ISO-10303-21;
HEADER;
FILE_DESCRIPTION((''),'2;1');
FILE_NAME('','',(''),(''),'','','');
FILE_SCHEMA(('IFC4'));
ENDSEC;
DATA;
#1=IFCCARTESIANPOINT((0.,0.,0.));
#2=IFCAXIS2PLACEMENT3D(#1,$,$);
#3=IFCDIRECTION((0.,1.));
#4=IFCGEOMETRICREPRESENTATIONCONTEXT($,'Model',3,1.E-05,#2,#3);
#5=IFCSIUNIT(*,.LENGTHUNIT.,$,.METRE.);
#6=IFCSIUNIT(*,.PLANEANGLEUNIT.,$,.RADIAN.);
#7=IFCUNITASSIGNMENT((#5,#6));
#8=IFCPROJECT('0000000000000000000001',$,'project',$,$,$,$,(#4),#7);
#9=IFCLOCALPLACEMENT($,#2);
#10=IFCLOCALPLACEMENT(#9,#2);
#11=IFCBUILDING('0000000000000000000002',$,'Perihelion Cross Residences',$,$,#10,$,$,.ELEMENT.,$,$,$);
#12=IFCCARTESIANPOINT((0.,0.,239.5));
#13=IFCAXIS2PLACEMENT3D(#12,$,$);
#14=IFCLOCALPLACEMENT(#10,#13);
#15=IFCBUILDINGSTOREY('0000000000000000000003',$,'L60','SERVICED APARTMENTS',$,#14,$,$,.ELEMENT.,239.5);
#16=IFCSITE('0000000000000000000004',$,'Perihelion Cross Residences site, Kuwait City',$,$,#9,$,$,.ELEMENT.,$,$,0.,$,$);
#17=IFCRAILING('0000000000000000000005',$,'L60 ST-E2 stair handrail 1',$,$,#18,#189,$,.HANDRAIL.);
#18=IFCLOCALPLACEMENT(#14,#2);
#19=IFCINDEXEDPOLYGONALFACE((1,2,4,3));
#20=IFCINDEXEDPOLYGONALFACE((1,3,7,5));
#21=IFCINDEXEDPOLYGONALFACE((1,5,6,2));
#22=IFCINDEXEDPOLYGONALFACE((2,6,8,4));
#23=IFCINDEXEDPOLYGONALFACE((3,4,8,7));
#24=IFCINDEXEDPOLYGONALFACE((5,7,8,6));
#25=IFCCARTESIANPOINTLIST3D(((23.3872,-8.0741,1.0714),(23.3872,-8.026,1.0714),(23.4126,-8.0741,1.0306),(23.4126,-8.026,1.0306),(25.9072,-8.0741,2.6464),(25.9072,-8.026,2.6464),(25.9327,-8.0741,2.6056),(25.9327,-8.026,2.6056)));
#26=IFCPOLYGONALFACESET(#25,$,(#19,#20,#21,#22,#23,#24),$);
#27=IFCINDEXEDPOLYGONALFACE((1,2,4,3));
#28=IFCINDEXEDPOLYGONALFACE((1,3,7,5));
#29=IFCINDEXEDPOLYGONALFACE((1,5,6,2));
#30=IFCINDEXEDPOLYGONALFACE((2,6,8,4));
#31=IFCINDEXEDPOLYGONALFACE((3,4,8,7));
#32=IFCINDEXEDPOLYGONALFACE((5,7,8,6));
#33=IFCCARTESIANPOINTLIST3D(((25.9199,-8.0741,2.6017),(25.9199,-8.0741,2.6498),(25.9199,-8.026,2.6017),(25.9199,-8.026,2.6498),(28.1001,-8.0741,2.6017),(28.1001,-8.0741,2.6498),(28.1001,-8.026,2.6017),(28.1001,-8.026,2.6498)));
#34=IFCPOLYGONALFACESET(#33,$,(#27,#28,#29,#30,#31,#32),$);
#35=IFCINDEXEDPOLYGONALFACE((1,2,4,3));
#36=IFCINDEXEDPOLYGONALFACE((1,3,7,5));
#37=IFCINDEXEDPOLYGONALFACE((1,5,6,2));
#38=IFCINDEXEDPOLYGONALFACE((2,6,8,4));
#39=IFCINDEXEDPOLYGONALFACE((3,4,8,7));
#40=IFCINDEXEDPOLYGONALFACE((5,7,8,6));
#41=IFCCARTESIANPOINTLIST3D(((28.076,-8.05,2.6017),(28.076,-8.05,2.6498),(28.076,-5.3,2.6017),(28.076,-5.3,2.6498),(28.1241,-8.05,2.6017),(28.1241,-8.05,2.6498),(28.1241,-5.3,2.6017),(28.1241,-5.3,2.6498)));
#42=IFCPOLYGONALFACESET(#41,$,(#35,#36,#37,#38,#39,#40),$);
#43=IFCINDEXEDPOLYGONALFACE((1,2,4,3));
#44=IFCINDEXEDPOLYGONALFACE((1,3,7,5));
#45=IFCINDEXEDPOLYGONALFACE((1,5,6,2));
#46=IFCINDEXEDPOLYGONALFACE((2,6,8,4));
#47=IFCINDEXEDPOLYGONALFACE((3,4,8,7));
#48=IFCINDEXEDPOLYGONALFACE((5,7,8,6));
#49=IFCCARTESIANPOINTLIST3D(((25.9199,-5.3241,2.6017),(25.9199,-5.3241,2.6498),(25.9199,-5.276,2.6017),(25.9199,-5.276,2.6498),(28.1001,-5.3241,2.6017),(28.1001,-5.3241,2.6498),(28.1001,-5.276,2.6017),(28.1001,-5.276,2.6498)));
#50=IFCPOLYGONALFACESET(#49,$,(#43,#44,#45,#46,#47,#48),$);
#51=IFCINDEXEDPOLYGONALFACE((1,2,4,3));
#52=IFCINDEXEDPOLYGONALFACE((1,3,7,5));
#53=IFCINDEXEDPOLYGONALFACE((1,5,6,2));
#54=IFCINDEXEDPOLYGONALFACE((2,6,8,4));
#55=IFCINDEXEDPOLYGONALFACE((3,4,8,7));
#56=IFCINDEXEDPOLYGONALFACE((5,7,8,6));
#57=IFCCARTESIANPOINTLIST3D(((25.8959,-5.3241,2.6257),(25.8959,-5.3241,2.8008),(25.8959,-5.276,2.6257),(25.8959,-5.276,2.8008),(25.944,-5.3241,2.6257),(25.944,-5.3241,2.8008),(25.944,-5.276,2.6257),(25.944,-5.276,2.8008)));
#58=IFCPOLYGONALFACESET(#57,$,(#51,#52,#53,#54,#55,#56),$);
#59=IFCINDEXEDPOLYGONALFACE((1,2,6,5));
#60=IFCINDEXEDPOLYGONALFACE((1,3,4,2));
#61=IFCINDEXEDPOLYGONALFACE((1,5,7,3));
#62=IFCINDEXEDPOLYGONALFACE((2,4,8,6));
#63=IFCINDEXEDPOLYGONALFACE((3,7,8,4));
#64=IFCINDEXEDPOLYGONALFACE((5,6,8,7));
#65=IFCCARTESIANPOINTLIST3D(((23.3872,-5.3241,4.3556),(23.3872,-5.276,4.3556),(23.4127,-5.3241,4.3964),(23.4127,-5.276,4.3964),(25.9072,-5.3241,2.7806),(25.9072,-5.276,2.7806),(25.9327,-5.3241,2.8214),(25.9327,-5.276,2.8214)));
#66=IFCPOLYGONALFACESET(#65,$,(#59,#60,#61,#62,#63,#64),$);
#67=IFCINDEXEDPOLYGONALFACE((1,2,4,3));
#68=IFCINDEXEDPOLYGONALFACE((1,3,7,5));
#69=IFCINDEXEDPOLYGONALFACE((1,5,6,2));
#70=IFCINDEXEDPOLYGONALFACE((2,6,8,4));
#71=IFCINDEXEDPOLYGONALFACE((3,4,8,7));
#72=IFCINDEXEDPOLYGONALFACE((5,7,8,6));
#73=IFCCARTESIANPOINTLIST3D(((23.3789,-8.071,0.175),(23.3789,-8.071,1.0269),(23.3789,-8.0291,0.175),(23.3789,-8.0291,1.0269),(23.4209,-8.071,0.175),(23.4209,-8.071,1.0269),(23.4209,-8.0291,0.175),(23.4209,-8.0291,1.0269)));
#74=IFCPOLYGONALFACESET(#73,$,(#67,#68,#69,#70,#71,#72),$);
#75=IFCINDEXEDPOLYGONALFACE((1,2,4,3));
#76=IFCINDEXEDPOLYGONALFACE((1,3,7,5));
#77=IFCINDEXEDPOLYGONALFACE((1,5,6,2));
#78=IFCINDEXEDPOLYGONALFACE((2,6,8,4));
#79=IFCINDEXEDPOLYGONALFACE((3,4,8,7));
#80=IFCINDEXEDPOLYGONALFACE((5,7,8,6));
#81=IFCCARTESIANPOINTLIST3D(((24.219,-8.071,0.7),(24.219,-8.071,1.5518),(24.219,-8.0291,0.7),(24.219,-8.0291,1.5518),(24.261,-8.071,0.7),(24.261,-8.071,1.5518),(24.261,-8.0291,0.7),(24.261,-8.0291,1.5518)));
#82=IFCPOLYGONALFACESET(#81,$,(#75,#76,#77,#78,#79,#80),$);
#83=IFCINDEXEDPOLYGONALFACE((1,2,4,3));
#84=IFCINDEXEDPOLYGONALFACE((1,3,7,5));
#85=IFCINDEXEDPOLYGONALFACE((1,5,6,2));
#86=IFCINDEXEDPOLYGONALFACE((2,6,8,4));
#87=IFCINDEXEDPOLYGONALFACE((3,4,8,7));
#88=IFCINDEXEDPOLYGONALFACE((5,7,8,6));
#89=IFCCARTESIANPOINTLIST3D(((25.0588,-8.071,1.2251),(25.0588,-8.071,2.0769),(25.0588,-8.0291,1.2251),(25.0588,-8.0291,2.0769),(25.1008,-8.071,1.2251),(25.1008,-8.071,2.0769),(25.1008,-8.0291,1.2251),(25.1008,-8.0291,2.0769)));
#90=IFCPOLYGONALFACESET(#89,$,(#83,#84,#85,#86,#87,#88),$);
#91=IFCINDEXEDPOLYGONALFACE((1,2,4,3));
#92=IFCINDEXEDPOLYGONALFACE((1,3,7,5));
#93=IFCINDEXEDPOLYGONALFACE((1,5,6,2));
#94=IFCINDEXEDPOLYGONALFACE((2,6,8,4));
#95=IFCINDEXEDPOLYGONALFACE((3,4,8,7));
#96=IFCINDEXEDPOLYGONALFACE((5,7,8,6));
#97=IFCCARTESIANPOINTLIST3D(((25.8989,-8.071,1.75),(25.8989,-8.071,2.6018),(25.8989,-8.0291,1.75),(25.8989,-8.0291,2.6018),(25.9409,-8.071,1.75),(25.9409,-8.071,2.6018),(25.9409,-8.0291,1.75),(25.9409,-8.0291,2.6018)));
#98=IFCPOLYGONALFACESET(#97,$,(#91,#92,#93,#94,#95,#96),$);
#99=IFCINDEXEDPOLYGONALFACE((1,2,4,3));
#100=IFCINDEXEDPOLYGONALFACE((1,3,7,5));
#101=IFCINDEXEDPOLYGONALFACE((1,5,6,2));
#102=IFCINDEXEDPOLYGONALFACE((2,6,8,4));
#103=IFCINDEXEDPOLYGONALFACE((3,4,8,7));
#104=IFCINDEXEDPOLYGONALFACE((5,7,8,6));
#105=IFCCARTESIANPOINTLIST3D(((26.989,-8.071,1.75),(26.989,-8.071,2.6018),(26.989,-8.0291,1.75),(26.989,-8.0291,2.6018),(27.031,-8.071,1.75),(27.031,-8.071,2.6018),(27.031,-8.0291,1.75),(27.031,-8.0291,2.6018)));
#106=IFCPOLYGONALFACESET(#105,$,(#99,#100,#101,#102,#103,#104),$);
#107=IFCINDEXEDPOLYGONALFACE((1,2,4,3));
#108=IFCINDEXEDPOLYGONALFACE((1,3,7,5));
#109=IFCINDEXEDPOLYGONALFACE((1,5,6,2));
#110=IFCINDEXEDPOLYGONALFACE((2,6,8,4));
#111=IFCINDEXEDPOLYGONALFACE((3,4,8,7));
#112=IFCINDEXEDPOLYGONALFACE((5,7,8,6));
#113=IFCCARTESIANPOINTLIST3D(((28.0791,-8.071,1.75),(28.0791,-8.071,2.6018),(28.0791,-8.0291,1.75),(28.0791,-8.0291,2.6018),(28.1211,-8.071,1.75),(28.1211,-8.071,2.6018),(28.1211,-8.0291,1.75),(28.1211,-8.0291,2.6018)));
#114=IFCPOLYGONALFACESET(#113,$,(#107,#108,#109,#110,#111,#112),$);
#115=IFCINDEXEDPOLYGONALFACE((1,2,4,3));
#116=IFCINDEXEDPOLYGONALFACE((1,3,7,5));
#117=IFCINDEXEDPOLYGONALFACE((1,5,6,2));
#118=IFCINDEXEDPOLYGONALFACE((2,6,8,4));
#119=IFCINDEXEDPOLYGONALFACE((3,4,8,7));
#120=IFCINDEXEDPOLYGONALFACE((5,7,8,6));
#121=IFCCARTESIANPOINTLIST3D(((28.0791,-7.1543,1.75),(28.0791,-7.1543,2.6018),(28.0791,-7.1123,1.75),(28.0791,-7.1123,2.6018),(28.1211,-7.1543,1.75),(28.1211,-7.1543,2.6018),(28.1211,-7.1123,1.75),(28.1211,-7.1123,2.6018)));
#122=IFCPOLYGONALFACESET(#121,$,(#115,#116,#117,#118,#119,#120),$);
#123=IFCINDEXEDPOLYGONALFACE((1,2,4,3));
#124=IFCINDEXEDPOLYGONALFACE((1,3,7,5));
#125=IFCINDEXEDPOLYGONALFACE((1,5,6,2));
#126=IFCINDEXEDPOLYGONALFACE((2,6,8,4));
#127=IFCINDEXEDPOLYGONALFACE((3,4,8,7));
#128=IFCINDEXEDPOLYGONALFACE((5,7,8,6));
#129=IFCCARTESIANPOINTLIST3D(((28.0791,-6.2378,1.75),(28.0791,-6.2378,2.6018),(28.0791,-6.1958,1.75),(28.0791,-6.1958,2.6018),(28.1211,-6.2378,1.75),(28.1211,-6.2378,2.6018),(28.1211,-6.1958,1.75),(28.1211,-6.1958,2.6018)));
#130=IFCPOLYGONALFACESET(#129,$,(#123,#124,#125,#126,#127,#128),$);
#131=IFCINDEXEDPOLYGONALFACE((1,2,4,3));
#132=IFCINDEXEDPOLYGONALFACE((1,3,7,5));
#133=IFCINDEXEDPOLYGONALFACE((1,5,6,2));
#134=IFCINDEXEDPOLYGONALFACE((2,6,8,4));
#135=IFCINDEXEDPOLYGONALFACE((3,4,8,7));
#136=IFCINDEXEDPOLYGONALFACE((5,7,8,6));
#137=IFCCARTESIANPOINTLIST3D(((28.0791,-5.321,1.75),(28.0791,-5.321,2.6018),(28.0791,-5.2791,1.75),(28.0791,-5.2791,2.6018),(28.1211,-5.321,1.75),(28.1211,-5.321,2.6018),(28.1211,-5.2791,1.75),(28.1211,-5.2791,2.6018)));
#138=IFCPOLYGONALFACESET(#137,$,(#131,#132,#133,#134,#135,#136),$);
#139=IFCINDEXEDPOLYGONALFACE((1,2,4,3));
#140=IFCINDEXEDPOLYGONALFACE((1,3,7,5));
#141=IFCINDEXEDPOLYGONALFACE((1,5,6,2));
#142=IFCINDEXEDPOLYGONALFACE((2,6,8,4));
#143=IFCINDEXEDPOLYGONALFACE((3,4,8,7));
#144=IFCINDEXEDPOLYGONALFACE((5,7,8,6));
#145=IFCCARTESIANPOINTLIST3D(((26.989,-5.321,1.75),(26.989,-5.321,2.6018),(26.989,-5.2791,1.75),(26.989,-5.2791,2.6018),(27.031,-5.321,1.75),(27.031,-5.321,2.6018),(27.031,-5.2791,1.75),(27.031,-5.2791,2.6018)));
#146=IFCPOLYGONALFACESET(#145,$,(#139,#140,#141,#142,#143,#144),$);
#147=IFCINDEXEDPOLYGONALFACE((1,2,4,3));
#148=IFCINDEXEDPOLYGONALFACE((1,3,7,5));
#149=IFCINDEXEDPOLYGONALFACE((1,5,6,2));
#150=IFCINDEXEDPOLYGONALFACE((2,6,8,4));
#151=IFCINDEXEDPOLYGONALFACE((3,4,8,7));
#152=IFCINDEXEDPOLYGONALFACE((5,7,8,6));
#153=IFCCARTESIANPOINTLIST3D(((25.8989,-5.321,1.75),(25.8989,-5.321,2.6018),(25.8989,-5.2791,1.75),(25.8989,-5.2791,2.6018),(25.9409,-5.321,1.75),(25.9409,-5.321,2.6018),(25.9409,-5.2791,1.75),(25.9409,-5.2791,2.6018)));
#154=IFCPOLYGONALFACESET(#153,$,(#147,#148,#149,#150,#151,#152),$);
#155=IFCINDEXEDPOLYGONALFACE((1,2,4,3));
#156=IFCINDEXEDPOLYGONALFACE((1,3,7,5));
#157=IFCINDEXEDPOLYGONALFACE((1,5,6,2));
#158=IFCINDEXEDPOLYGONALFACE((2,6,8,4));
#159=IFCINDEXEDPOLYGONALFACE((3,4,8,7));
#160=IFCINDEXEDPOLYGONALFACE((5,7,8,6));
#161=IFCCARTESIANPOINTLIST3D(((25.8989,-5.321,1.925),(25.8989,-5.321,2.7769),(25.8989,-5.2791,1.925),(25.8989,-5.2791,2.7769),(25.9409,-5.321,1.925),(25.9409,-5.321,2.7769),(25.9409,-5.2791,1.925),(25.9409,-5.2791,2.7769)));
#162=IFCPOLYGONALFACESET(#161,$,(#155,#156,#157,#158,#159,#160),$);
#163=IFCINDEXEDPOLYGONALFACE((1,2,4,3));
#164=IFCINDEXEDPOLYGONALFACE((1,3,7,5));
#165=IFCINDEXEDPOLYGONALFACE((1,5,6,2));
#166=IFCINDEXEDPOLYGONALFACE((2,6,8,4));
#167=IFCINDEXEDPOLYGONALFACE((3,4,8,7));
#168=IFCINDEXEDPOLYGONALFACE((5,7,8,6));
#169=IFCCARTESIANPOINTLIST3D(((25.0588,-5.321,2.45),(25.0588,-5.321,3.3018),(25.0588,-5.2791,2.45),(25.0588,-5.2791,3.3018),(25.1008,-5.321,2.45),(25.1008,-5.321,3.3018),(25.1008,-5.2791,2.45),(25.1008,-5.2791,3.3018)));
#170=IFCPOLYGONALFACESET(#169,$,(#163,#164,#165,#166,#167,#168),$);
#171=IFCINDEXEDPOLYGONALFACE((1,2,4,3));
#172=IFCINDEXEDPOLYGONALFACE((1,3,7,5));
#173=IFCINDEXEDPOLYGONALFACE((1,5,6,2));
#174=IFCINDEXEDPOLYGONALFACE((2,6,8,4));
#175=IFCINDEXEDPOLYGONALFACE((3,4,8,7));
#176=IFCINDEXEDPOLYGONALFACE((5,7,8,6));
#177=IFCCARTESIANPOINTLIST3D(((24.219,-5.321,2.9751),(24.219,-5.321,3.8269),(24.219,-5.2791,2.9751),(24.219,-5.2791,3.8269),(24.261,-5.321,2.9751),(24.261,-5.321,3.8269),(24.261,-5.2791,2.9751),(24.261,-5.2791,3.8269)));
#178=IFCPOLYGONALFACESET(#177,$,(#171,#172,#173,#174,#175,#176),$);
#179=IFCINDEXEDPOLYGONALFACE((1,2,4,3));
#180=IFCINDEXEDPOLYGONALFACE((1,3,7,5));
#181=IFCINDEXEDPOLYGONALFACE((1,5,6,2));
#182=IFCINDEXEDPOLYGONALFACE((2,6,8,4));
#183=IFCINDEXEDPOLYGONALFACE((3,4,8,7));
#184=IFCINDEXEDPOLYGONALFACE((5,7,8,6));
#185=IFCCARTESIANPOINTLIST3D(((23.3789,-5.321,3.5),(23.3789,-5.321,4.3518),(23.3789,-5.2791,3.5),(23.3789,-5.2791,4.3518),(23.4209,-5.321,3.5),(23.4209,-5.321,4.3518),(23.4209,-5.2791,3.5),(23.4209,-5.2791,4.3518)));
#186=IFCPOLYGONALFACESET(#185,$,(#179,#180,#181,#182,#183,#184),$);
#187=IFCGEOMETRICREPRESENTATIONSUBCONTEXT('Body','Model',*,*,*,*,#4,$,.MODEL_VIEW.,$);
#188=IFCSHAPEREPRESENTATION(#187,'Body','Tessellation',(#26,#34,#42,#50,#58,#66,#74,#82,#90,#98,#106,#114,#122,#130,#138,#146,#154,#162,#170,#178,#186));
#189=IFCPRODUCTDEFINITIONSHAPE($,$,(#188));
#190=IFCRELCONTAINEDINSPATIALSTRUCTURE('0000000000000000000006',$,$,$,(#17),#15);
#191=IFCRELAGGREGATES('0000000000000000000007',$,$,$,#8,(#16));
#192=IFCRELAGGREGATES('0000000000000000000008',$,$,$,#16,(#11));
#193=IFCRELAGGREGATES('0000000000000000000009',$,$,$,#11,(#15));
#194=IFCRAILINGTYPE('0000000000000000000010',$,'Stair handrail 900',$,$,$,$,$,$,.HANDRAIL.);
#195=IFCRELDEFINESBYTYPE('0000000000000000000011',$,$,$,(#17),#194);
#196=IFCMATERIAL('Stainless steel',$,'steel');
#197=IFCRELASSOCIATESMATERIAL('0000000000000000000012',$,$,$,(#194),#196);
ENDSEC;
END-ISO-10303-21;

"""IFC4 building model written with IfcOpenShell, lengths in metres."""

from ifc_helpers import new_model, si_unit, direction, frame, origin, origin_2d, place, context, subcontext, project, spatial, rectangle, extrude, material, type_object, element, save


model = new_model("IFC4")

# Units and contexts
model_context = context("Model", 3, precision=1e-05, world=origin(), true_north=direction((0.0, 1.0)))
body_context = subcontext(model_context, "Body", "Model", "MODEL_VIEW")
ifc_project = project(units=[si_unit("LENGTHUNIT", "METRE"), si_unit("PLANEANGLEUNIT", "RADIAN")], contexts=[model_context])

# Site, building, storey
site_placement = place(None, origin())
site = spatial("IfcSite", under=ifc_project, at=site_placement, Name="Perihelion Cross Residences site, Kuwait City", CompositionType="ELEMENT", RefElevation=0.0)
building_placement = place(site_placement, origin())
building = spatial("IfcBuilding", under=site, at=building_placement, Name="Perihelion Cross Residences", CompositionType="ELEMENT")
storey_placement = place(building_placement, frame((0.0, 0.0, 239.5)))
storey = spatial("IfcBuildingStorey", under=building, at=storey_placement, Name="L60", Description="SERVICED APARTMENTS", CompositionType="ELEMENT", Elevation=239.5)

# Railing
ifc_material_1 = material(Name="Stainless steel", Category="steel")
railing_type_1 = type_object("IfcRailingType", Name="Stair handrail 900", PredefinedType="HANDRAIL", material=ifc_material_1)
railing_1_placement = place(storey_placement, frame((23.3999, -8.05, 0.175)))
element("IfcRailing", 1, at=railing_1_placement, inside=storey, type_object=railing_type_1, Name="L60 ST-E2 stair handrail 1", PredefinedType="HANDRAIL", context=body_context, shape_type="SweptSolid", body=[
    extrude(rectangle(XDim=0.0481, YDim=0.0481, at=origin_2d()), frame((0.0, 0.0, 0.876), z_axis=(0.848008, 0.0, 0.529984), x_axis=(0.0, 1.0, 0.0)), (0.0, 0.0, 1.0), 2.9717),
    extrude(rectangle(XDim=0.0481, YDim=0.0481, at=origin_2d()), frame((2.52, 0.0, 2.4507), z_axis=(1.0, 0.0, 0.0), x_axis=(0.0, 1.0, 0.0)), (0.0, 0.0, 1.0), 2.1802),
    extrude(rectangle(XDim=0.0481, YDim=0.0481, at=origin_2d()), frame((4.7002, 0.0, 2.4507), z_axis=(0.0, 1.0, 0.0), x_axis=(-1.0, 0.0, 0.0)), (0.0, 0.0, 1.0), 2.75),
    extrude(rectangle(XDim=0.0481, YDim=0.0481, at=origin_2d()), frame((4.7002, 2.75, 2.4507), z_axis=(-1.0, 0.0, 0.0), x_axis=(0.0, -1.0, 0.0)), (0.0, 0.0, 1.0), 2.1802),
    extrude(rectangle(XDim=0.0481, YDim=0.0481, at=origin_2d()), frame((2.52, 2.75, 2.4507), z_axis=(0.0, 0.0, 1.0), x_axis=(1.0, 0.0, 0.0)), (0.0, 0.0, 1.0), 0.175),
    extrude(rectangle(XDim=0.0481, YDim=0.0481, at=origin_2d()), frame((2.52, 2.75, 2.626), z_axis=(-0.848008, 0.0, 0.529984), x_axis=(0.0, -1.0, 0.0)), (0.0, 0.0, 1.0), 2.9717),
    extrude(rectangle(XDim=0.042, YDim=0.042, at=origin_2d()), origin(), (0.0, 0.0, 1.0), 0.8518),
    extrude(rectangle(XDim=0.042, YDim=0.042, at=origin_2d()), frame((0.8401, 0.0, 0.5249)), (0.0, 0.0, 1.0), 0.8518),
    extrude(rectangle(XDim=0.042, YDim=0.042, at=origin_2d()), frame((1.6799, 0.0, 1.05)), (0.0, 0.0, 1.0), 0.8518),
    extrude(rectangle(XDim=0.042, YDim=0.042, at=origin_2d()), frame((2.52, 0.0, 1.575)), (0.0, 0.0, 1.0), 0.8518),
    extrude(rectangle(XDim=0.042, YDim=0.042, at=origin_2d()), frame((3.6101, 0.0, 1.575)), (0.0, 0.0, 1.0), 0.8518),
    extrude(rectangle(XDim=0.042, YDim=0.042, at=origin_2d()), frame((4.7002, 0.0, 1.575)), (0.0, 0.0, 1.0), 0.8518),
    extrude(rectangle(XDim=0.042, YDim=0.042, at=origin_2d()), frame((4.7002, 0.9167, 1.575)), (0.0, 0.0, 1.0), 0.8518),
    extrude(rectangle(XDim=0.042, YDim=0.042, at=origin_2d()), frame((4.7002, 1.8333, 1.575)), (0.0, 0.0, 1.0), 0.8518),
    extrude(rectangle(XDim=0.042, YDim=0.042, at=origin_2d()), frame((4.7002, 2.75, 1.575)), (0.0, 0.0, 1.0), 0.8518),
    extrude(rectangle(XDim=0.042, YDim=0.042, at=origin_2d()), frame((3.6101, 2.75, 1.575)), (0.0, 0.0, 1.0), 0.8518),
    extrude(rectangle(XDim=0.042, YDim=0.042, at=origin_2d()), frame((2.52, 2.75, 1.575)), (0.0, 0.0, 1.0), 0.8518),
    extrude(rectangle(XDim=0.042, YDim=0.042, at=origin_2d()), frame((2.52, 2.75, 1.75)), (0.0, 0.0, 1.0), 0.8518),
    extrude(rectangle(XDim=0.042, YDim=0.042, at=origin_2d()), frame((1.6799, 2.75, 2.2749)), (0.0, 0.0, 1.0), 0.8518),
    extrude(rectangle(XDim=0.042, YDim=0.042, at=origin_2d()), frame((0.8401, 2.75, 2.8)), (0.0, 0.0, 1.0), 0.8518),
    extrude(rectangle(XDim=0.042, YDim=0.042, at=origin_2d()), frame((0.0, 2.75, 3.325)), (0.0, 0.0, 1.0), 0.8518),
])

save(model, "model.ifc")
